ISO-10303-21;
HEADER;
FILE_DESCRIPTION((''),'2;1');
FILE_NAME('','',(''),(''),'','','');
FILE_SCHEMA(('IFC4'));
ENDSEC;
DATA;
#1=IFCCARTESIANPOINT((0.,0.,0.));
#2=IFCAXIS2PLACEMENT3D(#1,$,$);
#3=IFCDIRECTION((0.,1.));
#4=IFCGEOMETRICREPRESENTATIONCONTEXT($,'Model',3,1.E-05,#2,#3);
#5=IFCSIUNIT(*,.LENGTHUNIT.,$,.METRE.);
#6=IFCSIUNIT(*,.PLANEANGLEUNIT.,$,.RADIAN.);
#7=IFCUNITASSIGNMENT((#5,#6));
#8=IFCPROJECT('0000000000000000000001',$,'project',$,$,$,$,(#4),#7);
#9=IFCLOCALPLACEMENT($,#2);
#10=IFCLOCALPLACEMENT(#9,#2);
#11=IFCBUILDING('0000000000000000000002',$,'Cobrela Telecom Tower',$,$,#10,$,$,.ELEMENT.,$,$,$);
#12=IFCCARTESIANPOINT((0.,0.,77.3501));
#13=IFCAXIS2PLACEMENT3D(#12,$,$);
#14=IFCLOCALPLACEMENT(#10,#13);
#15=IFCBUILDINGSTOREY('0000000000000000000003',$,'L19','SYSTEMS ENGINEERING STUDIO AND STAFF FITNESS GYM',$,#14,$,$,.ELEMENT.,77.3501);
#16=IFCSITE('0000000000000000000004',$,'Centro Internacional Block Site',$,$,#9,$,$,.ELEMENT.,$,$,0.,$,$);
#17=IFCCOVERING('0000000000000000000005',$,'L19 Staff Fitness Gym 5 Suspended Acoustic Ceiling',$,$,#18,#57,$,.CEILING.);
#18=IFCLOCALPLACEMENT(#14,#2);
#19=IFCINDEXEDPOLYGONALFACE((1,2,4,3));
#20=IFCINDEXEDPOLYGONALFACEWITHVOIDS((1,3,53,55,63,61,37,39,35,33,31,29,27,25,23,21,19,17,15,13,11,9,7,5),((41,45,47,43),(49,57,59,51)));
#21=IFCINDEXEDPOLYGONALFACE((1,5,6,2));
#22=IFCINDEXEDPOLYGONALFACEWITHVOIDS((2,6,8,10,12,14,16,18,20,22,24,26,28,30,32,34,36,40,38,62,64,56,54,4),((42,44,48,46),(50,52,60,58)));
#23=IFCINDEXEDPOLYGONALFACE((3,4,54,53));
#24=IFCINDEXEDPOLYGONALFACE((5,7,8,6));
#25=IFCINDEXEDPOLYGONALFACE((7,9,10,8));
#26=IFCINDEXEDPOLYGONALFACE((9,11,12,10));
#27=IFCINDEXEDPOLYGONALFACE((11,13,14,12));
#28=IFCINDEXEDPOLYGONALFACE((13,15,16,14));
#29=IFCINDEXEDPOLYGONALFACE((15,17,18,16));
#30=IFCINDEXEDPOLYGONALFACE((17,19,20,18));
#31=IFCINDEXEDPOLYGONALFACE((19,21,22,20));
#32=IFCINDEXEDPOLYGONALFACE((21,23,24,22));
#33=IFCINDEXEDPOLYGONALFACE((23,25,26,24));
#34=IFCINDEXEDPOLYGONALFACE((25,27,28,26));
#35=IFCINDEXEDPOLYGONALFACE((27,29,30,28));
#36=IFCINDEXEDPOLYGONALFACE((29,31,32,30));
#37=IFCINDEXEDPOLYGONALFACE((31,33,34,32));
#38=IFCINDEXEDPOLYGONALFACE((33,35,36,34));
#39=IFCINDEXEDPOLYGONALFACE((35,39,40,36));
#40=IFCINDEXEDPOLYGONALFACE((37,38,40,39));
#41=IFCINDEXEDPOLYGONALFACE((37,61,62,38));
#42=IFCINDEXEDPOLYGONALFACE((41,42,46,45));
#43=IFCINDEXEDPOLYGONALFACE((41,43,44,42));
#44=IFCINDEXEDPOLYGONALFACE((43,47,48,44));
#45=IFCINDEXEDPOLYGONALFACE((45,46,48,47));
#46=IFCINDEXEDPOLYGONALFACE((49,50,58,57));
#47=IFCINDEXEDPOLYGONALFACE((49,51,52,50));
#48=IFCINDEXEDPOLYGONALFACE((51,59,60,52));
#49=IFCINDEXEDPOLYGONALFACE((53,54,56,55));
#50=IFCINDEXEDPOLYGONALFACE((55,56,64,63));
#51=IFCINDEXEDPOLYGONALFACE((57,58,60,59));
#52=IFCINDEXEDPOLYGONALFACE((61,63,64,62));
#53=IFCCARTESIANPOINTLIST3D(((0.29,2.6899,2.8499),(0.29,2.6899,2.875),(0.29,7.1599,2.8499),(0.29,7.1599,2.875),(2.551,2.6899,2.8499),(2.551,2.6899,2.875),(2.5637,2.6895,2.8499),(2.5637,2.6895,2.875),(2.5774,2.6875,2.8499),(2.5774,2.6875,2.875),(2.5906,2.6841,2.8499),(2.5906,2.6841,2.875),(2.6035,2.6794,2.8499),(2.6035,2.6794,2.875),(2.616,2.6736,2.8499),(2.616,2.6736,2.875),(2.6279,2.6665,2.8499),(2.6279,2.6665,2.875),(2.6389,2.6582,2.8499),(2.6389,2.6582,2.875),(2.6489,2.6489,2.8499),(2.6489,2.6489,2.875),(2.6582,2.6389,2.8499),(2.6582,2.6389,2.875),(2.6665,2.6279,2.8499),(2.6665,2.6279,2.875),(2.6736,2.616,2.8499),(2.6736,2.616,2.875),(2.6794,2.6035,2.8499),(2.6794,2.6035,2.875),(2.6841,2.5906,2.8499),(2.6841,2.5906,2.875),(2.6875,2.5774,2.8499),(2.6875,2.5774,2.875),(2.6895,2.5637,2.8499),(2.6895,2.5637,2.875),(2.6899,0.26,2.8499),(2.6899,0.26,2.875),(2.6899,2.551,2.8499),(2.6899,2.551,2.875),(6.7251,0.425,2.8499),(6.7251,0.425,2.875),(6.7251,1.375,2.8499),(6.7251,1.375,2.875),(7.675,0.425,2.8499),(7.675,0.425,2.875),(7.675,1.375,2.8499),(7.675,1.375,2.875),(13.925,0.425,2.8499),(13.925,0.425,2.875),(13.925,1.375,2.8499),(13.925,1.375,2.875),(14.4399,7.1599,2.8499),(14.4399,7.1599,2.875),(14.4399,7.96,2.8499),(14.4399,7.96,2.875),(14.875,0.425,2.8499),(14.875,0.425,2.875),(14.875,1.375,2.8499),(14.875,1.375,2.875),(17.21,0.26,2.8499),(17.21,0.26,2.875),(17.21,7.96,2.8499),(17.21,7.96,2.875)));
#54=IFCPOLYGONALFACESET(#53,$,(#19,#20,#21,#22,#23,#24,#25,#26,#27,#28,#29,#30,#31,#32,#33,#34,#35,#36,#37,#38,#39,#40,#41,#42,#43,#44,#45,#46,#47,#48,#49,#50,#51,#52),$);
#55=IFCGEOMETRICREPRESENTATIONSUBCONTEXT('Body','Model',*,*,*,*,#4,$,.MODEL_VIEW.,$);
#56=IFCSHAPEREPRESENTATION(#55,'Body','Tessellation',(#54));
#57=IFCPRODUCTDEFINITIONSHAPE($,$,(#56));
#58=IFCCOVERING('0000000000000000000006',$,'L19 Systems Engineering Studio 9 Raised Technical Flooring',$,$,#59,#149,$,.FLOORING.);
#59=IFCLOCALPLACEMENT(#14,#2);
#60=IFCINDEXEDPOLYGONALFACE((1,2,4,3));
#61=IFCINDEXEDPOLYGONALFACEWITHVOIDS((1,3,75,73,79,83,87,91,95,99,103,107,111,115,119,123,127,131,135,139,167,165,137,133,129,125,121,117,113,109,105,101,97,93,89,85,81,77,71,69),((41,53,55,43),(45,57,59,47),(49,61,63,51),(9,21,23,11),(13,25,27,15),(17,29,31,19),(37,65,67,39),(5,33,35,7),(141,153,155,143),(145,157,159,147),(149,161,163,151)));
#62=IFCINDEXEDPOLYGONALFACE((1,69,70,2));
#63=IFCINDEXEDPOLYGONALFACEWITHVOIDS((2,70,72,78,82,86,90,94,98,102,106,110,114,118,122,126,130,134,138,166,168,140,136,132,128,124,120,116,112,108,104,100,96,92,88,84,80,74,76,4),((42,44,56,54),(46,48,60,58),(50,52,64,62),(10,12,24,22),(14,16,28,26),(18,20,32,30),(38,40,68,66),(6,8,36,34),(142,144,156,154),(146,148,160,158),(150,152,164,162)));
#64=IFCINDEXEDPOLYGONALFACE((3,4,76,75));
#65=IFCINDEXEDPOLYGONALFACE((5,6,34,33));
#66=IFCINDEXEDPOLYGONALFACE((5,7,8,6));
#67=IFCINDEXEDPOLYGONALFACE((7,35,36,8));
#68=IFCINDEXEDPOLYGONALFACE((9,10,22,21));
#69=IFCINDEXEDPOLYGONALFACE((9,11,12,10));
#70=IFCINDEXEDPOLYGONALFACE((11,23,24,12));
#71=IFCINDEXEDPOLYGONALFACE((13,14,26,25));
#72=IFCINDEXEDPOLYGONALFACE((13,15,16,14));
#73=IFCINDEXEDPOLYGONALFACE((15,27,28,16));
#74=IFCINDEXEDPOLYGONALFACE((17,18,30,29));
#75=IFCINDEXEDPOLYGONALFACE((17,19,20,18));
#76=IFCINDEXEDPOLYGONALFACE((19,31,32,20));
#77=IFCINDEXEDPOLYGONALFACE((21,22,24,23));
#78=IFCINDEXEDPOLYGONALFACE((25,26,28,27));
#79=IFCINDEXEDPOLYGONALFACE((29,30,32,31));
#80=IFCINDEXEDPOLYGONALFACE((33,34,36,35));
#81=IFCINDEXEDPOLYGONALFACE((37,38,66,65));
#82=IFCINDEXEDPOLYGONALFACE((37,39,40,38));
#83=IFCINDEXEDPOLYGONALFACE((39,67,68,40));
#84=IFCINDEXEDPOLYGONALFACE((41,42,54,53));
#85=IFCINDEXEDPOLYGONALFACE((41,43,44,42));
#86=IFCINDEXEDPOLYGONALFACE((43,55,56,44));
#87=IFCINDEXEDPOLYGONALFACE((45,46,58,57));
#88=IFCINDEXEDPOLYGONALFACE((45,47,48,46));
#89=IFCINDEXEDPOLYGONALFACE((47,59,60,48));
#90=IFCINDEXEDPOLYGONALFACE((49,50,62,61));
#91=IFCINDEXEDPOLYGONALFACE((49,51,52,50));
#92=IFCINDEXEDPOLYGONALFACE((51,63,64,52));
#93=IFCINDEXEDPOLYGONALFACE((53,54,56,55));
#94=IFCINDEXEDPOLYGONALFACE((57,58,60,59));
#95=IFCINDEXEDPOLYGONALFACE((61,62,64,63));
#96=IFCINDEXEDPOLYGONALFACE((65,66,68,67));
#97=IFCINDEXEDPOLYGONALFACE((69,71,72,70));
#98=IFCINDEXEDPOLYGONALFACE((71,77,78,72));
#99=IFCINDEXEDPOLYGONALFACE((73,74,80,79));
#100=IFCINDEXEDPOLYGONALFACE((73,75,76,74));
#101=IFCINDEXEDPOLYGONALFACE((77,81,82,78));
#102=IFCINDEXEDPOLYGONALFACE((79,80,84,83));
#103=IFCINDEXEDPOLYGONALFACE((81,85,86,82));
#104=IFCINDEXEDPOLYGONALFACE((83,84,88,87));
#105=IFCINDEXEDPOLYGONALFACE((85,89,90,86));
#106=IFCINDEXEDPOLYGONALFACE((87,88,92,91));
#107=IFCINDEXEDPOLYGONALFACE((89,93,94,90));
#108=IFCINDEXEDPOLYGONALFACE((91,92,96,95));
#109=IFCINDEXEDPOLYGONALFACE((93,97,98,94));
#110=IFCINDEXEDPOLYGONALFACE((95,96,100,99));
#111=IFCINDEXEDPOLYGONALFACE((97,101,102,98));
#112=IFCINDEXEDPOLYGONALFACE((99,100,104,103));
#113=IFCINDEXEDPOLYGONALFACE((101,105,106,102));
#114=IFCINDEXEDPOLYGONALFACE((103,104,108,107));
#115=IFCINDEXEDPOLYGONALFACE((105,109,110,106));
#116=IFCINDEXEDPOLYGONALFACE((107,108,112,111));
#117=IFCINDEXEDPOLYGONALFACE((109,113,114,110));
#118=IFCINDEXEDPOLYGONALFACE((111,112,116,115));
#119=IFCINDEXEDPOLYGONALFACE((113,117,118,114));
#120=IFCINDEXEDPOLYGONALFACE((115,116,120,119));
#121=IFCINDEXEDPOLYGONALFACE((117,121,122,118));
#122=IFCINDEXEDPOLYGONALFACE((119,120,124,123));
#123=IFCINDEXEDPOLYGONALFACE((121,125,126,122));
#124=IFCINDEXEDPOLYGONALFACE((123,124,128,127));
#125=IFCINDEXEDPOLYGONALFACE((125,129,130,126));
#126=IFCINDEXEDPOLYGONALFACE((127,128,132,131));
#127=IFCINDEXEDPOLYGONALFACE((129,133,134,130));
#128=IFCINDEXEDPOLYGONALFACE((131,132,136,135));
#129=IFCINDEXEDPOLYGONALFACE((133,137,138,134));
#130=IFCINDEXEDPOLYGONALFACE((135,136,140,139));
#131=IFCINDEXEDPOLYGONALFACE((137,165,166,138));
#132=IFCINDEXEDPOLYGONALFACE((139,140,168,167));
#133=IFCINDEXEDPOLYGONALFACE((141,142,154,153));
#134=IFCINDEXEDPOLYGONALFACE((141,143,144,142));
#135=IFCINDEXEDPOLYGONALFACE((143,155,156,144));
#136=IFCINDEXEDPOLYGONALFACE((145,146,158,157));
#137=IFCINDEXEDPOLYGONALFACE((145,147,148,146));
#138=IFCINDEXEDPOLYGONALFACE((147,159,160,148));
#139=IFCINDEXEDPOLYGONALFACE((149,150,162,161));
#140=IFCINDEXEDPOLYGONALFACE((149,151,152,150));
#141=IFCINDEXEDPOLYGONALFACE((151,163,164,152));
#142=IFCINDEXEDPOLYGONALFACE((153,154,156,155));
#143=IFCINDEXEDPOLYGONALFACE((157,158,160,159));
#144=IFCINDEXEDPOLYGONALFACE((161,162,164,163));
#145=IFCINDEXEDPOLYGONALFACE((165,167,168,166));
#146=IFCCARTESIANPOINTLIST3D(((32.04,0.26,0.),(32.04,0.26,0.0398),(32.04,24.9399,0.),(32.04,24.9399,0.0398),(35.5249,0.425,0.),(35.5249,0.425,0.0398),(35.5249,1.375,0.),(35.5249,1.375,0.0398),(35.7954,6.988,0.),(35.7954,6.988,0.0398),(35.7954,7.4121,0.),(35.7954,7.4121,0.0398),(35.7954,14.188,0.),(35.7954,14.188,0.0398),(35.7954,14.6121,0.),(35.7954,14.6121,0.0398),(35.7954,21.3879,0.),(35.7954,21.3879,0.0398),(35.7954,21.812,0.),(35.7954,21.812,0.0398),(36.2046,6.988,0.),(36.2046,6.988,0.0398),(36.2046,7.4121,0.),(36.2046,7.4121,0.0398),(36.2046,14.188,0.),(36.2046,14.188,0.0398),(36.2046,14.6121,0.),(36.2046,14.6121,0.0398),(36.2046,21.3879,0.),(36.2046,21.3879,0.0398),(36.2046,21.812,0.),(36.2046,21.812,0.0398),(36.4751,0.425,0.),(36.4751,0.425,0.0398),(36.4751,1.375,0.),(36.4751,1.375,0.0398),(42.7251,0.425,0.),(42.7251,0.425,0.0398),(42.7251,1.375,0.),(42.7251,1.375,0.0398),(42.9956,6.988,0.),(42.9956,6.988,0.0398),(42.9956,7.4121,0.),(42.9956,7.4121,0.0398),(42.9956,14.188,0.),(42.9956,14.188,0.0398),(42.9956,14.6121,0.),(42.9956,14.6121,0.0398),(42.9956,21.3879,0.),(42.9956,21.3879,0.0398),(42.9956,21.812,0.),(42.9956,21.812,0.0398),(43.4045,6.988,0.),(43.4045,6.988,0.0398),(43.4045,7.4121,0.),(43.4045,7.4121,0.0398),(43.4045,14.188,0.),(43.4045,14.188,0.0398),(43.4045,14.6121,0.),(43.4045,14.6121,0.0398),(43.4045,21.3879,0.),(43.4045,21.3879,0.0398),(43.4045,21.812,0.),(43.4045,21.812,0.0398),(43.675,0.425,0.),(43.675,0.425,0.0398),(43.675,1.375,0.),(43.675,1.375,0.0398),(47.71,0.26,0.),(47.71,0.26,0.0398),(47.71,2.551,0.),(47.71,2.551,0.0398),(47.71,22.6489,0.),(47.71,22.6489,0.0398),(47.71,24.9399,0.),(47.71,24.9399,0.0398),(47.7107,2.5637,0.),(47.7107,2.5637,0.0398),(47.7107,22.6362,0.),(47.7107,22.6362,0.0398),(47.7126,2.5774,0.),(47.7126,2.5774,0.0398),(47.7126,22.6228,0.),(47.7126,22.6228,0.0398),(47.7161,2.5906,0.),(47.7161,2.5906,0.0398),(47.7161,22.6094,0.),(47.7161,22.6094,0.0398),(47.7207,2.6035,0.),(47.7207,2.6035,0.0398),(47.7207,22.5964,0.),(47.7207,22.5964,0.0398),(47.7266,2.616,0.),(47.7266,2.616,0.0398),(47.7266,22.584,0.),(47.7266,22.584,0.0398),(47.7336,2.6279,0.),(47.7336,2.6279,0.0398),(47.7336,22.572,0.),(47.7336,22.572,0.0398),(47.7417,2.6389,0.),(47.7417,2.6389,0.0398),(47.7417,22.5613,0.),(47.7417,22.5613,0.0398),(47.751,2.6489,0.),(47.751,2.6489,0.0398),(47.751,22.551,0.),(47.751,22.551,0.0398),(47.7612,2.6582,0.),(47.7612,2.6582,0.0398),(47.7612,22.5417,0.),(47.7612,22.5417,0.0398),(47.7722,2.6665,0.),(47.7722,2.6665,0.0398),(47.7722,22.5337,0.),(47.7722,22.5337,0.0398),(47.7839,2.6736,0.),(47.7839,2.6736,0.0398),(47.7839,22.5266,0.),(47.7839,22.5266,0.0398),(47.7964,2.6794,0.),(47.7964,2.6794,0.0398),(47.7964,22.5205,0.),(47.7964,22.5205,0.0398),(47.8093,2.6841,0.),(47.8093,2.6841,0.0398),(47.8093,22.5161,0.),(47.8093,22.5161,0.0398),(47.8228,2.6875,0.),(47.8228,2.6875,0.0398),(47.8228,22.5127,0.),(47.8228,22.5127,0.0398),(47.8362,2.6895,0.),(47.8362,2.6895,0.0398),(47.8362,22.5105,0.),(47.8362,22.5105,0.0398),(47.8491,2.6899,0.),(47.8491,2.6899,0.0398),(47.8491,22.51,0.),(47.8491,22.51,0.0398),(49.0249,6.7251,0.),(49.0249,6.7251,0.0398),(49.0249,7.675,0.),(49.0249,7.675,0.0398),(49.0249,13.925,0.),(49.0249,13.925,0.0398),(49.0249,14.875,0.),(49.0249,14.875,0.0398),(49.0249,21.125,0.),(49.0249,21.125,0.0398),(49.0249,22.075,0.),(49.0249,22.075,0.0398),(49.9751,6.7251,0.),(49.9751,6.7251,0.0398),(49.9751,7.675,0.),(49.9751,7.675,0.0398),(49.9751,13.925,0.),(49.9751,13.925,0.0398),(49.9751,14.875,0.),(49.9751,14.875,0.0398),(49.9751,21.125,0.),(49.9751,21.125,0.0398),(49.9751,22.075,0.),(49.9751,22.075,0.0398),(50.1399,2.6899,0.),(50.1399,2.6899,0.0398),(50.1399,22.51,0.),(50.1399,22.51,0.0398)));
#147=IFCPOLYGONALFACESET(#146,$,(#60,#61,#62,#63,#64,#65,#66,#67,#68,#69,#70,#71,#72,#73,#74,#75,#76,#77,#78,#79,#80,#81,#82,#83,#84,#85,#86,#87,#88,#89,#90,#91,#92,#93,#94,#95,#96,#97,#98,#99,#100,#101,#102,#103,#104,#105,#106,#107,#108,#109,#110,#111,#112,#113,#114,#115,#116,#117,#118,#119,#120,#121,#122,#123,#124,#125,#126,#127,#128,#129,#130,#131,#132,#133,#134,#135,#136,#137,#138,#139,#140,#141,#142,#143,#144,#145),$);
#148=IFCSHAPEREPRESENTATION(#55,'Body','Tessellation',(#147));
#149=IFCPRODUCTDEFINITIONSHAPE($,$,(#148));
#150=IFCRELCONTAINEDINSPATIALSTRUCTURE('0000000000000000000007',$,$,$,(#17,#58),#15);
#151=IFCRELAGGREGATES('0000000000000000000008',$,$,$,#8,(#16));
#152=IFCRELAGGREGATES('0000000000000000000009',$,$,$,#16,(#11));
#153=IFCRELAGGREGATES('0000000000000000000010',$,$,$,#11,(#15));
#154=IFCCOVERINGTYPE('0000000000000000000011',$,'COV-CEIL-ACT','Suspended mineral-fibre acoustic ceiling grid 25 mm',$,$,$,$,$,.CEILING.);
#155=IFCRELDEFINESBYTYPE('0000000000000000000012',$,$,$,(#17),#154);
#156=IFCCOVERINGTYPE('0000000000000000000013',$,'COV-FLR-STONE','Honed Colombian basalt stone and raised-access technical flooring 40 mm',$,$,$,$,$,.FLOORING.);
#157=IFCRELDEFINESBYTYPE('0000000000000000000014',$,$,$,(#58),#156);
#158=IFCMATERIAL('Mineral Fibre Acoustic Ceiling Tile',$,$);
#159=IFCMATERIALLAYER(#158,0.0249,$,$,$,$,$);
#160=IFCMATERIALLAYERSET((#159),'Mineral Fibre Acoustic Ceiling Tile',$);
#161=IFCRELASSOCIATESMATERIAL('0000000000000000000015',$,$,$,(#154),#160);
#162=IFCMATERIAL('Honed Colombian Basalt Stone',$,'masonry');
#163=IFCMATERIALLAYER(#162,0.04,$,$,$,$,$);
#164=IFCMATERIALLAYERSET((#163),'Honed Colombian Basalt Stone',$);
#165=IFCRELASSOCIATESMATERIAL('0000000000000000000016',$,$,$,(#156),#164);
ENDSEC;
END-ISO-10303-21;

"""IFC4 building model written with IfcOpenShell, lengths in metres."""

from ifc_helpers import new_model, si_unit, direction, frame, origin, place, context, subcontext, project, spatial, polyline, outline, extrude, material, layer, layer_set, type_object, element, save


model = new_model("IFC4")

# Units and contexts
model_context = context("Model", 3, precision=1e-05, world=origin(), true_north=direction((0.0, 1.0)))
body_context = subcontext(model_context, "Body", "Model", "MODEL_VIEW")
ifc_project = project(units=[si_unit("LENGTHUNIT", "METRE"), si_unit("PLANEANGLEUNIT", "RADIAN")], contexts=[model_context])

# Site, building, storey
site_placement = place(None, origin())
site = spatial("IfcSite", under=ifc_project, at=site_placement, Name="Centro Internacional Block Site", CompositionType="ELEMENT", RefElevation=0.0)
building_placement = place(site_placement, origin())
building = spatial("IfcBuilding", under=site, at=building_placement, Name="Cobrela Telecom Tower", CompositionType="ELEMENT")
storey_placement = place(building_placement, frame((0.0, 0.0, 77.3501)))
storey = spatial("IfcBuildingStorey", under=building, at=storey_placement, Name="L19", Description="SYSTEMS ENGINEERING STUDIO AND STAFF FITNESS GYM", CompositionType="ELEMENT", Elevation=77.3501)

# Coverings
ifc_material_1 = material(Name="Mineral Fibre Acoustic Ceiling Tile")
ifc_layer_1 = layer(ifc_material_1, 0.0249)
ifc_layer_set_1 = layer_set([ifc_layer_1], Name="Mineral Fibre Acoustic Ceiling Tile")
covering_type_1 = type_object("IfcCoveringType", Name="COV-CEIL-ACT", Description="Suspended mineral-fibre acoustic ceiling grid 25 mm", PredefinedType="CEILING", material=ifc_layer_set_1)
covering_1_placement = place(storey_placement, frame((0.0, 0.0, 2.8499)))
element("IfcCovering", 1, at=covering_1_placement, inside=storey, type_object=covering_type_1, Name="L19 Staff Fitness Gym 5 Suspended Acoustic Ceiling", PredefinedType="CEILING", context=body_context, shape_type="SweptSolid", body=[
    extrude(outline(polyline([(2.6899, 2.551), (2.6895, 2.5637), (2.6875, 2.5774), (2.6841, 2.5906), (2.6794, 2.6035), (2.6736, 2.616), (2.6665, 2.6279), (2.6582, 2.6389), (2.6489, 2.6489), (2.6389, 2.6582), (2.6279, 2.6665), (2.616, 2.6736), (2.6035, 2.6794), (2.5906, 2.6841), (2.5774, 2.6875), (2.5637, 2.6895), (2.551, 2.6899), (0.29, 2.6899), (0.29, 7.1599), (14.4399, 7.1599), (14.4399, 7.96), (17.21, 7.96), (17.21, 0.26), (2.6899, 0.26), (2.6899, 2.551)]), holes=[polyline([(7.675, 1.375), (6.7251, 1.375), (6.7251, 0.425), (7.675, 0.425), (7.675, 1.375)]), polyline([(14.875, 0.425), (14.875, 1.375), (13.925, 1.375), (13.925, 0.425), (14.875, 0.425)])]), origin(), (0.0, 0.0, 1.0), 0.0251),
])
ifc_material_2 = material(Name="Honed Colombian Basalt Stone", Category="masonry")
ifc_layer_2 = layer(ifc_material_2, 0.04)
ifc_layer_set_2 = layer_set([ifc_layer_2], Name="Honed Colombian Basalt Stone")
covering_type_2 = type_object("IfcCoveringType", Name="COV-FLR-STONE", Description="Honed Colombian basalt stone and raised-access technical flooring 40 mm", PredefinedType="FLOORING", material=ifc_layer_set_2)
covering_2_placement = place(storey_placement, origin())
element("IfcCovering", 2, at=covering_2_placement, inside=storey, type_object=covering_type_2, Name="L19 Systems Engineering Studio 9 Raised Technical Flooring", PredefinedType="FLOORING", context=body_context, shape_type="SweptSolid", body=[
    extrude(outline(polyline([(47.8228, 2.6875), (47.8093, 2.6841), (47.7964, 2.6794), (47.7839, 2.6736), (47.7722, 2.6665), (47.7612, 2.6582), (47.751, 2.6489), (47.7417, 2.6389), (47.7336, 2.6279), (47.7266, 2.616), (47.7207, 2.6035), (47.7161, 2.5906), (47.7126, 2.5774), (47.7107, 2.5637), (47.71, 2.551), (47.71, 0.26), (32.04, 0.26), (32.04, 24.9399), (47.71, 24.9399), (47.71, 22.6489), (47.7107, 22.6362), (47.7126, 22.6228), (47.7161, 22.6094), (47.7207, 22.5964), (47.7266, 22.584), (47.7336, 22.572), (47.7417, 22.5613), (47.751, 22.551), (47.7612, 22.5417), (47.7722, 22.5337), (47.7839, 22.5266), (47.7964, 22.5205), (47.8093, 22.5161), (47.8228, 22.5127), (47.8362, 22.5105), (47.8491, 22.51), (50.1399, 22.51), (50.1399, 2.6899), (47.8491, 2.6899), (47.8362, 2.6895), (47.8228, 2.6875)]), holes=[polyline([(36.4751, 0.425), (36.4751, 1.375), (35.5249, 1.375), (35.5249, 0.425), (36.4751, 0.425)]), polyline([(43.675, 0.425), (43.675, 1.375), (42.7251, 1.375), (42.7251, 0.425), (43.675, 0.425)]), polyline([(36.2046, 6.988), (36.2046, 7.4121), (35.7954, 7.4121), (35.7954, 6.988), (36.2046, 6.988)]), polyline([(43.4045, 6.988), (43.4045, 7.4121), (42.9956, 7.4121), (42.9956, 6.988), (43.4045, 6.988)]), polyline([(49.9751, 6.7251), (49.9751, 7.675), (49.0249, 7.675), (49.0249, 6.7251), (49.9751, 6.7251)]), polyline([(36.2046, 14.188), (36.2046, 14.6121), (35.7954, 14.6121), (35.7954, 14.188), (36.2046, 14.188)]), polyline([(43.4045, 14.188), (43.4045, 14.6121), (42.9956, 14.6121), (42.9956, 14.188), (43.4045, 14.188)]), polyline([(49.9751, 13.925), (49.9751, 14.875), (49.0249, 14.875), (49.0249, 13.925), (49.9751, 13.925)]), polyline([(36.2046, 21.3879), (36.2046, 21.812), (35.7954, 21.812), (35.7954, 21.3879), (36.2046, 21.3879)]), polyline([(43.4045, 21.3879), (43.4045, 21.812), (42.9956, 21.812), (42.9956, 21.3879), (43.4045, 21.3879)]), polyline([(49.9751, 21.125), (49.9751, 22.075), (49.0249, 22.075), (49.0249, 21.125), (49.9751, 21.125)])]), origin(), (0.0, 0.0, 1.0), 0.0398),
])

save(model, "model.ifc")
